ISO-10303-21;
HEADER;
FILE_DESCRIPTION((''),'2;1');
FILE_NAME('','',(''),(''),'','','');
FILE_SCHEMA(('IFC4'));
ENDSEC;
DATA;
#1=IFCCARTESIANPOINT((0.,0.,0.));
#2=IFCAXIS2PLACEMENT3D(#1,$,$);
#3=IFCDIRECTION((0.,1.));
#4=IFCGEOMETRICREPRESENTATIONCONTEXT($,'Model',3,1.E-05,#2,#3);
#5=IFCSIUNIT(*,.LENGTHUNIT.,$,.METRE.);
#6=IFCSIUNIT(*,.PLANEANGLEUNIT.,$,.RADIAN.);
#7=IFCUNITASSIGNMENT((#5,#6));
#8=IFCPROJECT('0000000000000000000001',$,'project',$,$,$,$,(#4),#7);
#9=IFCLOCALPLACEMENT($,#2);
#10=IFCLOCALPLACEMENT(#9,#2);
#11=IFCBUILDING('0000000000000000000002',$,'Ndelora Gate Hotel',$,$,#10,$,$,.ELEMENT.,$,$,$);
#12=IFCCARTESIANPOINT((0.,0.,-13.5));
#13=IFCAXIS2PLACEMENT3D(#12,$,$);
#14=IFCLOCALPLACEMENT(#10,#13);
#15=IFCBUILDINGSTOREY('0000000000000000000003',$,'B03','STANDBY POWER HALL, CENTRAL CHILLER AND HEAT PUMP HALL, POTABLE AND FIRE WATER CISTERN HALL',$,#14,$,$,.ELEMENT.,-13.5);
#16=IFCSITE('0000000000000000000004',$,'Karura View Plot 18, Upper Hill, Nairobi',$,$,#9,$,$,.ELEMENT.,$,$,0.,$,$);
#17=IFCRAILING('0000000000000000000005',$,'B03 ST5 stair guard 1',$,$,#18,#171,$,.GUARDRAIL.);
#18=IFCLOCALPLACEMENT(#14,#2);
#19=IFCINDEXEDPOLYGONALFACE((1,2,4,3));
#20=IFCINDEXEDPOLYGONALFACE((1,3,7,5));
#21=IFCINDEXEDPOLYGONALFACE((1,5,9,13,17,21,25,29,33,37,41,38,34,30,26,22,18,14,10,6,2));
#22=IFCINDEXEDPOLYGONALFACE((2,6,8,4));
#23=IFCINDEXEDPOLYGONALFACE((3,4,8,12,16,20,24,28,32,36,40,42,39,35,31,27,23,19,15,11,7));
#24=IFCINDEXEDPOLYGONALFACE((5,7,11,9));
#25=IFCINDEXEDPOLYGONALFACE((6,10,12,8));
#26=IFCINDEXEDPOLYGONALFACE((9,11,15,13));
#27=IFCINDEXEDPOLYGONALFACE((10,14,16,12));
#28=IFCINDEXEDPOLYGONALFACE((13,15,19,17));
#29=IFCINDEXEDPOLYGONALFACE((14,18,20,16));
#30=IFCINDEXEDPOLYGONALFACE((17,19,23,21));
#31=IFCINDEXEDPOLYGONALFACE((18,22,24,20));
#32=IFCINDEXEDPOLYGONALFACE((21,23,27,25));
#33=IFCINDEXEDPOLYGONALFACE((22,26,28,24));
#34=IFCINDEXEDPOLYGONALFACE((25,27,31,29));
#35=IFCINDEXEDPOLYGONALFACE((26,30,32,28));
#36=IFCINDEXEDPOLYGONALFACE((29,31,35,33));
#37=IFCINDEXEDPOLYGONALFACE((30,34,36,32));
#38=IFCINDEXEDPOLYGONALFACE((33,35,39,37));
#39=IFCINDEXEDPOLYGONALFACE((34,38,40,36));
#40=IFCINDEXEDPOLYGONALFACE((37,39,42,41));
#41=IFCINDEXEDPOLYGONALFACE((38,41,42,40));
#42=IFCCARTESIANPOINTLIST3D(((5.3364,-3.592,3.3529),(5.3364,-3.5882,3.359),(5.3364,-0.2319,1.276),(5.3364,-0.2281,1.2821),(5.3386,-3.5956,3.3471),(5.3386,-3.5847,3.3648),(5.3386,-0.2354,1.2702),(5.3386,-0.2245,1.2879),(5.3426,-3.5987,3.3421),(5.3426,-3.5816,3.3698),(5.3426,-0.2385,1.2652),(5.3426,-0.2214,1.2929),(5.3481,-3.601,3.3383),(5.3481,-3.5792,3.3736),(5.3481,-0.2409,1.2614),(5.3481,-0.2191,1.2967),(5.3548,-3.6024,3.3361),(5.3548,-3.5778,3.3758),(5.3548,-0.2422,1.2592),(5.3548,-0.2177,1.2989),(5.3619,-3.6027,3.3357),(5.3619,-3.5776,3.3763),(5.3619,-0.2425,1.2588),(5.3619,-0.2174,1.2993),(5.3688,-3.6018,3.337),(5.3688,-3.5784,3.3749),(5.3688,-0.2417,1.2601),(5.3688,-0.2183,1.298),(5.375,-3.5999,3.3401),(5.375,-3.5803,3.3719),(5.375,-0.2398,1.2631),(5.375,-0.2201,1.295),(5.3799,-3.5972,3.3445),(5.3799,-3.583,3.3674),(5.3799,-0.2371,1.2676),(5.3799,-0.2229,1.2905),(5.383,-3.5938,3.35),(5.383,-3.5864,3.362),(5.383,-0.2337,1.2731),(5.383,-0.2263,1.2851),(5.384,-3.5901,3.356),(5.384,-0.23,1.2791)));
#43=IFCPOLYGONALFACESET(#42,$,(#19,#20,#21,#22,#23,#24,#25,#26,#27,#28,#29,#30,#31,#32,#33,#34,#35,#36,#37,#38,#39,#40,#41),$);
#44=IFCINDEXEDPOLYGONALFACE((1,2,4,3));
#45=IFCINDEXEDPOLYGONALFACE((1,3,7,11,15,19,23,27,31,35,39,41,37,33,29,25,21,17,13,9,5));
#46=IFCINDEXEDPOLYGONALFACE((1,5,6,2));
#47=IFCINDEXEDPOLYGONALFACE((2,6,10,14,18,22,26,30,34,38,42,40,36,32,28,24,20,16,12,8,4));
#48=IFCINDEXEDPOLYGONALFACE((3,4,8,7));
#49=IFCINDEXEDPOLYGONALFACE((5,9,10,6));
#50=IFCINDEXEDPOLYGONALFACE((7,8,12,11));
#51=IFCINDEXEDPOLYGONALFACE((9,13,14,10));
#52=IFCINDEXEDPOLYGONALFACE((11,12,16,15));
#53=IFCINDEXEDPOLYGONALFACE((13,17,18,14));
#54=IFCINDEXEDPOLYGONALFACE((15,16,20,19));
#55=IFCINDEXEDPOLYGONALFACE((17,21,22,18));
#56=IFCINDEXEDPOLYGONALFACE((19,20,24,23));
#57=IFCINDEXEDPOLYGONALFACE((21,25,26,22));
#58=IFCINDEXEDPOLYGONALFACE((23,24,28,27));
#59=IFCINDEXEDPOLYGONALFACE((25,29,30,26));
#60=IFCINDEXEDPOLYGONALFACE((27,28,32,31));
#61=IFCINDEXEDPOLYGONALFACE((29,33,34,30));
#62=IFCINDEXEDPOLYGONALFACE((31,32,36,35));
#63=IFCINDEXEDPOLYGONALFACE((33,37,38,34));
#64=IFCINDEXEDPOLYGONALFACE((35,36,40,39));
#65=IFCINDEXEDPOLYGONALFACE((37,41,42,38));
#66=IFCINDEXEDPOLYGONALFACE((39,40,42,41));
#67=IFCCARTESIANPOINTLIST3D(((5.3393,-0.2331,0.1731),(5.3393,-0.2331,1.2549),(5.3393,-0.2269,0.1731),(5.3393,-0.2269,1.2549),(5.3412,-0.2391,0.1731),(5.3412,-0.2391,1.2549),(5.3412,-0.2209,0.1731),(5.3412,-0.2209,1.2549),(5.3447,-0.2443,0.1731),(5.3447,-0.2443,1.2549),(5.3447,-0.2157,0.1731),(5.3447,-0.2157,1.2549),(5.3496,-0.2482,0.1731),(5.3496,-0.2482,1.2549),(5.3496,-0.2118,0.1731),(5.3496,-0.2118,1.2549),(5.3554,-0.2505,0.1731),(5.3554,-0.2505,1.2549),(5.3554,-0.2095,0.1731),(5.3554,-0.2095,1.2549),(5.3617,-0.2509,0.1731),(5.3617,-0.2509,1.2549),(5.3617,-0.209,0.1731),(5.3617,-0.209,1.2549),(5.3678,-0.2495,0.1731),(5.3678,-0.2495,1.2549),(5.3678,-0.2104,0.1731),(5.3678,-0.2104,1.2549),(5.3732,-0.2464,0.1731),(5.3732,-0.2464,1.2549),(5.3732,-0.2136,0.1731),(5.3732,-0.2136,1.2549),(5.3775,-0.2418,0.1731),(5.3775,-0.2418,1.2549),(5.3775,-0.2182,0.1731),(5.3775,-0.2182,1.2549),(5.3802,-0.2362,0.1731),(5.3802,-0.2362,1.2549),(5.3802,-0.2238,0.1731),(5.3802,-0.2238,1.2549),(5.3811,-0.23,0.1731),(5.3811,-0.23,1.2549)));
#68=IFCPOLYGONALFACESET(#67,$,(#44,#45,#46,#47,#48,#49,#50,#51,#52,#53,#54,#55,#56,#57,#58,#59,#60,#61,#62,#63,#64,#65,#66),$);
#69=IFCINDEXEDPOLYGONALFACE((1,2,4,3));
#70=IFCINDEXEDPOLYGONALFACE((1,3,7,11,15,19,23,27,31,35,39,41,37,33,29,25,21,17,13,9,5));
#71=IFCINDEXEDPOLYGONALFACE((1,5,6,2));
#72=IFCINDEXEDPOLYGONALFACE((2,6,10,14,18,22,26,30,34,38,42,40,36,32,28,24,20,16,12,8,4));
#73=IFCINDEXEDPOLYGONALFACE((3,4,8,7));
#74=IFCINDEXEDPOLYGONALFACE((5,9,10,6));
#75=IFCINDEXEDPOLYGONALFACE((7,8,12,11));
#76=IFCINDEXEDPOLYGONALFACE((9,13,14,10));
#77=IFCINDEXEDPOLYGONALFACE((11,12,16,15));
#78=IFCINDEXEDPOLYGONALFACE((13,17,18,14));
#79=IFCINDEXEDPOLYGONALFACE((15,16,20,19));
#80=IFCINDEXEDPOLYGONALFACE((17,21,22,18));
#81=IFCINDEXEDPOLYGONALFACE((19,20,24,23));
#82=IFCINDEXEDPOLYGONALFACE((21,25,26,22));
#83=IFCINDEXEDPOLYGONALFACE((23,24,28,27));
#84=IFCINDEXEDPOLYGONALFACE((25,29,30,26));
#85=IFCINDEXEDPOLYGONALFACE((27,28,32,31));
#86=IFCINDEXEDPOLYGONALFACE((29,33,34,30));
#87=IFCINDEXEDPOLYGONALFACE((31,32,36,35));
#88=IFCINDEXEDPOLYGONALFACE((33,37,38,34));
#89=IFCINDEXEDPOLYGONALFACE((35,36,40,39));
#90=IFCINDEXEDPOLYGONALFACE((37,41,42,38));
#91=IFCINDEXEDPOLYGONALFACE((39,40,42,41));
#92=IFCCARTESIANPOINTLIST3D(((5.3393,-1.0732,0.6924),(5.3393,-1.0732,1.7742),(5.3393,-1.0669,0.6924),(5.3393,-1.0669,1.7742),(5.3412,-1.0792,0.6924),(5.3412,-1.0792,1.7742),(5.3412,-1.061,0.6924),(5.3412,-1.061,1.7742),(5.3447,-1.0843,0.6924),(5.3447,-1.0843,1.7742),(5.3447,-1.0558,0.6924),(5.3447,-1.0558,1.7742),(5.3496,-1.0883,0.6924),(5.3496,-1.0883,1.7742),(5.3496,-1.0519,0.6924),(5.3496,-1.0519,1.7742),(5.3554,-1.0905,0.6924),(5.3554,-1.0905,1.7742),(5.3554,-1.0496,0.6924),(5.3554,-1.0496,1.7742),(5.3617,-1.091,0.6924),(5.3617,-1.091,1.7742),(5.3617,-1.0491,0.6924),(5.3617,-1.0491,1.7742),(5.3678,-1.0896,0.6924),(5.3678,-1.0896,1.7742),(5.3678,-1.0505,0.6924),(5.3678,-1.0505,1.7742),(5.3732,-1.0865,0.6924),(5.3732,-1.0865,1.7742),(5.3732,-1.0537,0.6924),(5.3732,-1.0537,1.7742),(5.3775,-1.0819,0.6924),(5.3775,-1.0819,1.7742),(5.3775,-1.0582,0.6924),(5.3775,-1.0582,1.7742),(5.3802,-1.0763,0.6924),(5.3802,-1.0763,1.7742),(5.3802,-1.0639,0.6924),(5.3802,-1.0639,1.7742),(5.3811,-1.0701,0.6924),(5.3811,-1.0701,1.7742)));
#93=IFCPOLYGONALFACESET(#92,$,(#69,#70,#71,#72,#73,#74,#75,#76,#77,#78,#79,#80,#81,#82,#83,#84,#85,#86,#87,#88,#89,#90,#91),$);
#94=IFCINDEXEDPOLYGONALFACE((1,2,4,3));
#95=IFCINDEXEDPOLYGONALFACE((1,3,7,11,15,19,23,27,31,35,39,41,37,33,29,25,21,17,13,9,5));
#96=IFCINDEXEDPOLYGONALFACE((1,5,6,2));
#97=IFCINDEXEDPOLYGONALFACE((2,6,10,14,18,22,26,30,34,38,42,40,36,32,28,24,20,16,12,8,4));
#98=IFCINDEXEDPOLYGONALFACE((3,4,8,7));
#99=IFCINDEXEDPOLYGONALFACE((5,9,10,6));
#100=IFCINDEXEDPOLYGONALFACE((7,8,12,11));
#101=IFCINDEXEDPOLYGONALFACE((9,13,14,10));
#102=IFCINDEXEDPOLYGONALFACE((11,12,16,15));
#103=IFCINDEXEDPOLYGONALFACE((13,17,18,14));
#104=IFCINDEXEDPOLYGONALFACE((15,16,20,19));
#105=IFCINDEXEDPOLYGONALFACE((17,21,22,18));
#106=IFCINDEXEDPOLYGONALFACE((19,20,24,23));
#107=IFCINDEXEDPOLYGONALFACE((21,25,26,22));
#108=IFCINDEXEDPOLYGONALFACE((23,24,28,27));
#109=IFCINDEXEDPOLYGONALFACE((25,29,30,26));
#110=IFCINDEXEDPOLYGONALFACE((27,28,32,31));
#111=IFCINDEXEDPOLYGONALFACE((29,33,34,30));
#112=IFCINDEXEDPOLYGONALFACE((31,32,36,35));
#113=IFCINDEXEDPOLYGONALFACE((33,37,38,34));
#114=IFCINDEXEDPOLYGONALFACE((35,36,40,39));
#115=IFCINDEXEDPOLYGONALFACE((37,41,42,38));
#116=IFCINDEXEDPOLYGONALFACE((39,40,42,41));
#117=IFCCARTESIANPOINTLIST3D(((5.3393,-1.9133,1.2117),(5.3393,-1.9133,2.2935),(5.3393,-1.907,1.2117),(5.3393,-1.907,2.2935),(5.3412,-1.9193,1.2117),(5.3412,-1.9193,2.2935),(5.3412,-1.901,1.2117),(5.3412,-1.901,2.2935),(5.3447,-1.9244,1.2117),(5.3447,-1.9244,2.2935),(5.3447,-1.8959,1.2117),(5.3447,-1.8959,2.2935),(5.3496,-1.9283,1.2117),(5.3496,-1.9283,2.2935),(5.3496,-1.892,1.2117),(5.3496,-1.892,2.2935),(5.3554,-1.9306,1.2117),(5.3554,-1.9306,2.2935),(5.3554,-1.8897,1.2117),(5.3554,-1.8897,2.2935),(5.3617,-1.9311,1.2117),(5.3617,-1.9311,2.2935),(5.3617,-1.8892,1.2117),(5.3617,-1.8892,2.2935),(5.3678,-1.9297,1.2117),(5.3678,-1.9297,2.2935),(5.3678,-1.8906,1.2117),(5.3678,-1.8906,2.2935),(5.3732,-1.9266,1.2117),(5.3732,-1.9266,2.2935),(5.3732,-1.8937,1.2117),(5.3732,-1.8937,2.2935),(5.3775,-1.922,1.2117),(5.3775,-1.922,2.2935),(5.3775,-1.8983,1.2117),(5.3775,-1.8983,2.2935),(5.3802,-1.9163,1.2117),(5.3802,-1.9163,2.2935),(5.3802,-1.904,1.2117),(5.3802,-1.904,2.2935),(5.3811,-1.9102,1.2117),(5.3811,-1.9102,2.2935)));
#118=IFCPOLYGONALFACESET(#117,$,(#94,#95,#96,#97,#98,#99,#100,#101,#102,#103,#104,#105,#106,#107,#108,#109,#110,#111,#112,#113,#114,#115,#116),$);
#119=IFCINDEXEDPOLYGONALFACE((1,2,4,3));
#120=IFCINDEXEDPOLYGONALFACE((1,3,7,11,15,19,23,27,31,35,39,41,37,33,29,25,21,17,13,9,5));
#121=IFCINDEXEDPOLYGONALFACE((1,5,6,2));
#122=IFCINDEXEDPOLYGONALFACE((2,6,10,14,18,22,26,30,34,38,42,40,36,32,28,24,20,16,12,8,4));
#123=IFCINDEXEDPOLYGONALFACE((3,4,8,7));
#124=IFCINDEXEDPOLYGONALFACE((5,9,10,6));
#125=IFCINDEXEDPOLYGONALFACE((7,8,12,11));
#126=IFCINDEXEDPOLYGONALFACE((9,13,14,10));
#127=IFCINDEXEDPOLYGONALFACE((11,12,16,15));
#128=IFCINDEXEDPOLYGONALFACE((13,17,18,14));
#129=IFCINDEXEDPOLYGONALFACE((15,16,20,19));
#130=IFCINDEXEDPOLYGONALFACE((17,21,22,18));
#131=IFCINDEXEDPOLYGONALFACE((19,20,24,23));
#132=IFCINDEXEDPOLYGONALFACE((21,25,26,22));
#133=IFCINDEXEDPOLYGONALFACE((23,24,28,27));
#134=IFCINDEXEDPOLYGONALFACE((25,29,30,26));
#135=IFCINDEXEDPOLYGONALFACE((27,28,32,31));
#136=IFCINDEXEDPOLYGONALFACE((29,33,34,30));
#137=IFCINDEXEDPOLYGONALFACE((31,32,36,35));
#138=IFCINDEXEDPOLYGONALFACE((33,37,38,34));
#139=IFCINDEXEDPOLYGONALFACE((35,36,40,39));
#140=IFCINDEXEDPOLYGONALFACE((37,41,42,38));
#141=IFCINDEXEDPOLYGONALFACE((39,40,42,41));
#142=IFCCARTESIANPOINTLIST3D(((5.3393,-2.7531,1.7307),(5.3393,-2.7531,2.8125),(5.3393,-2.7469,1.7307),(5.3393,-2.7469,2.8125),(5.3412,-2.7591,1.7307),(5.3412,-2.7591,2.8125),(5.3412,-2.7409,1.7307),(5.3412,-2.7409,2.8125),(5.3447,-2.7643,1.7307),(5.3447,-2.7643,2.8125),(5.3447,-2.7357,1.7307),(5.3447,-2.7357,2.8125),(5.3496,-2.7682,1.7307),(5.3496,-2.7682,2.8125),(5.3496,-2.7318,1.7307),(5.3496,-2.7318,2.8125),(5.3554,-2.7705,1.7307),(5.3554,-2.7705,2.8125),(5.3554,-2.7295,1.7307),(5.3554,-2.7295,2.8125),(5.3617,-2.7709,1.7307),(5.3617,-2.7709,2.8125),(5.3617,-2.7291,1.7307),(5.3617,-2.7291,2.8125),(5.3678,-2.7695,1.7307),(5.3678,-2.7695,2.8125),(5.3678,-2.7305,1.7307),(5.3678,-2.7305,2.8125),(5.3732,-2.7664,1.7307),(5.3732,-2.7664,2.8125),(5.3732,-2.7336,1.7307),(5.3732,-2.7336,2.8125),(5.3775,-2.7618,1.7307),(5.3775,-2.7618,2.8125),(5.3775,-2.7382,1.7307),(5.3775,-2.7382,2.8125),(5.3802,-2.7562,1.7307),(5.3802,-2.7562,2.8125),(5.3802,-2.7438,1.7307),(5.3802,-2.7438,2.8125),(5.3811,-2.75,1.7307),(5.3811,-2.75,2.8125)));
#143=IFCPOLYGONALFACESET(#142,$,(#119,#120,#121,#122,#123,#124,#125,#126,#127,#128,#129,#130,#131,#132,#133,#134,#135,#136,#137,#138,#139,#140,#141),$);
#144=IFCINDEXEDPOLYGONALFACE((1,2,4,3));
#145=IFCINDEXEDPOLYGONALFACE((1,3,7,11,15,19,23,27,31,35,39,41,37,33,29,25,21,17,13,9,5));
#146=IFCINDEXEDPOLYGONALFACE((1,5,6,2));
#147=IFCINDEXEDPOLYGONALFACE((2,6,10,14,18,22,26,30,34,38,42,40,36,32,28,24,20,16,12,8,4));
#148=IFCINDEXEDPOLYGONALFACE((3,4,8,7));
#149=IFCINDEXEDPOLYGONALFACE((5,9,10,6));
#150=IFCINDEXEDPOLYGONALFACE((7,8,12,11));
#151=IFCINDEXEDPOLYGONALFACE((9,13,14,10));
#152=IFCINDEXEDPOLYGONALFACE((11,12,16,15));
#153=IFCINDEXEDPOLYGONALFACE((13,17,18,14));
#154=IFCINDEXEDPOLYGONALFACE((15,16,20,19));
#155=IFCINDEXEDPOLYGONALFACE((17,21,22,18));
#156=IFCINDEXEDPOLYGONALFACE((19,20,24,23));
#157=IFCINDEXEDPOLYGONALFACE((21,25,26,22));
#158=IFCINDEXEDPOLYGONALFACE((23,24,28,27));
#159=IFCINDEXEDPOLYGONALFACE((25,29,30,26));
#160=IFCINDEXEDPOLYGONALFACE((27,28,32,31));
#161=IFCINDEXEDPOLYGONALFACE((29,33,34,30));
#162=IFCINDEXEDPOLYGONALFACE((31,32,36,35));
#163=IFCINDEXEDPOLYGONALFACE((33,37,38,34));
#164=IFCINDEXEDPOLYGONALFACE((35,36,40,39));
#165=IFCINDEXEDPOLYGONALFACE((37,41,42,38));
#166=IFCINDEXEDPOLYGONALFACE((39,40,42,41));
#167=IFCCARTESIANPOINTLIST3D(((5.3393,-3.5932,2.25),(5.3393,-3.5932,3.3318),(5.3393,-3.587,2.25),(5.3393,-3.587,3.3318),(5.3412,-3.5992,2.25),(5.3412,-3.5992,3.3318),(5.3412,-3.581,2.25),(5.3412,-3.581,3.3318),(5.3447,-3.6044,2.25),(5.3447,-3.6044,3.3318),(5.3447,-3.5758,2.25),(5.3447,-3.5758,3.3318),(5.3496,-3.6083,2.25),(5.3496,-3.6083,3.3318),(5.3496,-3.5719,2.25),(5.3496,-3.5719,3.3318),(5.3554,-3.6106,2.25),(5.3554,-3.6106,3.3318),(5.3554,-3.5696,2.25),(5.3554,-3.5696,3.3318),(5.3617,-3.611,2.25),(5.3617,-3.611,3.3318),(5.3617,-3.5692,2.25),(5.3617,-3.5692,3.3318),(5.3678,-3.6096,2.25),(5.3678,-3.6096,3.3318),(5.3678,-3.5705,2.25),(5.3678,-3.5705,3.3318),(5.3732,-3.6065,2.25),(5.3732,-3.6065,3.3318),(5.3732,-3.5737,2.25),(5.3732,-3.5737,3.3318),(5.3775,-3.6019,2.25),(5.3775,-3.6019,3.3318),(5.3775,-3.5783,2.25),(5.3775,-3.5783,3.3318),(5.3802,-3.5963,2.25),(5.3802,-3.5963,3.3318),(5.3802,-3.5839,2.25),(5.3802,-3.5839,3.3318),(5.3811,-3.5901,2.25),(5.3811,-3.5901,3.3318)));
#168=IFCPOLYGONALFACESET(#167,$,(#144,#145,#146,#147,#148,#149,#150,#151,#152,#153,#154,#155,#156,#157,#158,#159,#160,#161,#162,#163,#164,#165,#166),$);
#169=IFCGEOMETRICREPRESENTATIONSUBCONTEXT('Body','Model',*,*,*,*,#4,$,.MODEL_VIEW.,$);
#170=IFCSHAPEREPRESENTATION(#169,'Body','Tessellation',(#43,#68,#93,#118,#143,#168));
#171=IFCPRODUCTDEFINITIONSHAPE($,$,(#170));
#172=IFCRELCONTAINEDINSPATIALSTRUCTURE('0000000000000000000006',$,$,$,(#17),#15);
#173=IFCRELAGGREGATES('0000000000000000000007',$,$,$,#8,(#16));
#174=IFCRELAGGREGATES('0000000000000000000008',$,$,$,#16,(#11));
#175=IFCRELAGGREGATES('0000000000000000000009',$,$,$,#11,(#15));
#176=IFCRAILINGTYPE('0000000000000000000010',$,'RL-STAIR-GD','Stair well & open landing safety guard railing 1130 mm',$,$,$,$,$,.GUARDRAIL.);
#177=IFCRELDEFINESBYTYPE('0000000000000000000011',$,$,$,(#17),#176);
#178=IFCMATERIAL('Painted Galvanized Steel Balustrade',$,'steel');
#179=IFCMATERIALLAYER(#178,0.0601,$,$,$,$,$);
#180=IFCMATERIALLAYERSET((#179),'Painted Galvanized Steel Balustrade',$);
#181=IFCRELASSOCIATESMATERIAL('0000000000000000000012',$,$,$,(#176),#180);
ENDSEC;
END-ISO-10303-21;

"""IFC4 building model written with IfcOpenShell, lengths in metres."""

from ifc_helpers import new_model, si_unit, direction, frame, origin, origin_2d, place, context, subcontext, project, spatial, circle, extrude, material, layer, layer_set, type_object, element, save


model = new_model("IFC4")

# Units and contexts
model_context = context("Model", 3, precision=1e-05, world=origin(), true_north=direction((0.0, 1.0)))
body_context = subcontext(model_context, "Body", "Model", "MODEL_VIEW")
ifc_project = project(units=[si_unit("LENGTHUNIT", "METRE"), si_unit("PLANEANGLEUNIT", "RADIAN")], contexts=[model_context])

# Site, building, storey
site_placement = place(None, origin())
site = spatial("IfcSite", under=ifc_project, at=site_placement, Name="Karura View Plot 18, Upper Hill, Nairobi", CompositionType="ELEMENT", RefElevation=0.0)
building_placement = place(site_placement, origin())
building = spatial("IfcBuilding", under=site, at=building_placement, Name="Ndelora Gate Hotel", CompositionType="ELEMENT")
storey_placement = place(building_placement, frame((0.0, 0.0, -13.5)))
storey = spatial("IfcBuildingStorey", under=building, at=storey_placement, Name="B03", Description="STANDBY POWER HALL, CENTRAL CHILLER AND HEAT PUMP HALL, POTABLE AND FIRE WATER CISTERN HALL", CompositionType="ELEMENT", Elevation=-13.5)

# Railing
ifc_material_1 = material(Name="Painted Galvanized Steel Balustrade", Category="steel")
ifc_layer_1 = layer(ifc_material_1, 0.0601)
ifc_layer_set_1 = layer_set([ifc_layer_1], Name="Painted Galvanized Steel Balustrade")
railing_type_1 = type_object("IfcRailingType", Name="RL-STAIR-GD", Description="Stair well & open landing safety guard railing 1130 mm", PredefinedType="GUARDRAIL", material=ifc_layer_set_1)
railing_1_placement = place(storey_placement, frame((5.3601, -0.23, 0.1731)))
element("IfcRailing", 1, at=railing_1_placement, inside=storey, type_object=railing_type_1, Name="B03 ST5 stair guard 1", PredefinedType="GUARDRAIL", context=body_context, shape_type="SweptSolid", body=[
    extrude(circle(Radius=0.0239, at=origin_2d()), frame((0.0, 0.0, 1.106), z_axis=(0.0, -0.850623, 0.525776), x_axis=(1.0, 0.0, 0.0)), (0.0, 0.0, 1.0), 3.9502),
    extrude(circle(Radius=0.021, at=origin_2d()), origin(), (0.0, 0.0, 1.0), 1.0818),
    extrude(circle(Radius=0.021, at=origin_2d()), frame((0.0, -0.8401, 0.5193)), (0.0, 0.0, 1.0), 1.0818),
    extrude(circle(Radius=0.021, at=origin_2d()), frame((0.0, -1.6802, 1.0386)), (0.0, 0.0, 1.0), 1.0818),
    extrude(circle(Radius=0.021, at=origin_2d()), frame((0.0, -2.52, 1.5576)), (0.0, 0.0, 1.0), 1.0818),
    extrude(circle(Radius=0.021, at=origin_2d()), frame((0.0, -3.3601, 2.0769)), (0.0, 0.0, 1.0), 1.0818),
])

save(model, "model.ifc")
